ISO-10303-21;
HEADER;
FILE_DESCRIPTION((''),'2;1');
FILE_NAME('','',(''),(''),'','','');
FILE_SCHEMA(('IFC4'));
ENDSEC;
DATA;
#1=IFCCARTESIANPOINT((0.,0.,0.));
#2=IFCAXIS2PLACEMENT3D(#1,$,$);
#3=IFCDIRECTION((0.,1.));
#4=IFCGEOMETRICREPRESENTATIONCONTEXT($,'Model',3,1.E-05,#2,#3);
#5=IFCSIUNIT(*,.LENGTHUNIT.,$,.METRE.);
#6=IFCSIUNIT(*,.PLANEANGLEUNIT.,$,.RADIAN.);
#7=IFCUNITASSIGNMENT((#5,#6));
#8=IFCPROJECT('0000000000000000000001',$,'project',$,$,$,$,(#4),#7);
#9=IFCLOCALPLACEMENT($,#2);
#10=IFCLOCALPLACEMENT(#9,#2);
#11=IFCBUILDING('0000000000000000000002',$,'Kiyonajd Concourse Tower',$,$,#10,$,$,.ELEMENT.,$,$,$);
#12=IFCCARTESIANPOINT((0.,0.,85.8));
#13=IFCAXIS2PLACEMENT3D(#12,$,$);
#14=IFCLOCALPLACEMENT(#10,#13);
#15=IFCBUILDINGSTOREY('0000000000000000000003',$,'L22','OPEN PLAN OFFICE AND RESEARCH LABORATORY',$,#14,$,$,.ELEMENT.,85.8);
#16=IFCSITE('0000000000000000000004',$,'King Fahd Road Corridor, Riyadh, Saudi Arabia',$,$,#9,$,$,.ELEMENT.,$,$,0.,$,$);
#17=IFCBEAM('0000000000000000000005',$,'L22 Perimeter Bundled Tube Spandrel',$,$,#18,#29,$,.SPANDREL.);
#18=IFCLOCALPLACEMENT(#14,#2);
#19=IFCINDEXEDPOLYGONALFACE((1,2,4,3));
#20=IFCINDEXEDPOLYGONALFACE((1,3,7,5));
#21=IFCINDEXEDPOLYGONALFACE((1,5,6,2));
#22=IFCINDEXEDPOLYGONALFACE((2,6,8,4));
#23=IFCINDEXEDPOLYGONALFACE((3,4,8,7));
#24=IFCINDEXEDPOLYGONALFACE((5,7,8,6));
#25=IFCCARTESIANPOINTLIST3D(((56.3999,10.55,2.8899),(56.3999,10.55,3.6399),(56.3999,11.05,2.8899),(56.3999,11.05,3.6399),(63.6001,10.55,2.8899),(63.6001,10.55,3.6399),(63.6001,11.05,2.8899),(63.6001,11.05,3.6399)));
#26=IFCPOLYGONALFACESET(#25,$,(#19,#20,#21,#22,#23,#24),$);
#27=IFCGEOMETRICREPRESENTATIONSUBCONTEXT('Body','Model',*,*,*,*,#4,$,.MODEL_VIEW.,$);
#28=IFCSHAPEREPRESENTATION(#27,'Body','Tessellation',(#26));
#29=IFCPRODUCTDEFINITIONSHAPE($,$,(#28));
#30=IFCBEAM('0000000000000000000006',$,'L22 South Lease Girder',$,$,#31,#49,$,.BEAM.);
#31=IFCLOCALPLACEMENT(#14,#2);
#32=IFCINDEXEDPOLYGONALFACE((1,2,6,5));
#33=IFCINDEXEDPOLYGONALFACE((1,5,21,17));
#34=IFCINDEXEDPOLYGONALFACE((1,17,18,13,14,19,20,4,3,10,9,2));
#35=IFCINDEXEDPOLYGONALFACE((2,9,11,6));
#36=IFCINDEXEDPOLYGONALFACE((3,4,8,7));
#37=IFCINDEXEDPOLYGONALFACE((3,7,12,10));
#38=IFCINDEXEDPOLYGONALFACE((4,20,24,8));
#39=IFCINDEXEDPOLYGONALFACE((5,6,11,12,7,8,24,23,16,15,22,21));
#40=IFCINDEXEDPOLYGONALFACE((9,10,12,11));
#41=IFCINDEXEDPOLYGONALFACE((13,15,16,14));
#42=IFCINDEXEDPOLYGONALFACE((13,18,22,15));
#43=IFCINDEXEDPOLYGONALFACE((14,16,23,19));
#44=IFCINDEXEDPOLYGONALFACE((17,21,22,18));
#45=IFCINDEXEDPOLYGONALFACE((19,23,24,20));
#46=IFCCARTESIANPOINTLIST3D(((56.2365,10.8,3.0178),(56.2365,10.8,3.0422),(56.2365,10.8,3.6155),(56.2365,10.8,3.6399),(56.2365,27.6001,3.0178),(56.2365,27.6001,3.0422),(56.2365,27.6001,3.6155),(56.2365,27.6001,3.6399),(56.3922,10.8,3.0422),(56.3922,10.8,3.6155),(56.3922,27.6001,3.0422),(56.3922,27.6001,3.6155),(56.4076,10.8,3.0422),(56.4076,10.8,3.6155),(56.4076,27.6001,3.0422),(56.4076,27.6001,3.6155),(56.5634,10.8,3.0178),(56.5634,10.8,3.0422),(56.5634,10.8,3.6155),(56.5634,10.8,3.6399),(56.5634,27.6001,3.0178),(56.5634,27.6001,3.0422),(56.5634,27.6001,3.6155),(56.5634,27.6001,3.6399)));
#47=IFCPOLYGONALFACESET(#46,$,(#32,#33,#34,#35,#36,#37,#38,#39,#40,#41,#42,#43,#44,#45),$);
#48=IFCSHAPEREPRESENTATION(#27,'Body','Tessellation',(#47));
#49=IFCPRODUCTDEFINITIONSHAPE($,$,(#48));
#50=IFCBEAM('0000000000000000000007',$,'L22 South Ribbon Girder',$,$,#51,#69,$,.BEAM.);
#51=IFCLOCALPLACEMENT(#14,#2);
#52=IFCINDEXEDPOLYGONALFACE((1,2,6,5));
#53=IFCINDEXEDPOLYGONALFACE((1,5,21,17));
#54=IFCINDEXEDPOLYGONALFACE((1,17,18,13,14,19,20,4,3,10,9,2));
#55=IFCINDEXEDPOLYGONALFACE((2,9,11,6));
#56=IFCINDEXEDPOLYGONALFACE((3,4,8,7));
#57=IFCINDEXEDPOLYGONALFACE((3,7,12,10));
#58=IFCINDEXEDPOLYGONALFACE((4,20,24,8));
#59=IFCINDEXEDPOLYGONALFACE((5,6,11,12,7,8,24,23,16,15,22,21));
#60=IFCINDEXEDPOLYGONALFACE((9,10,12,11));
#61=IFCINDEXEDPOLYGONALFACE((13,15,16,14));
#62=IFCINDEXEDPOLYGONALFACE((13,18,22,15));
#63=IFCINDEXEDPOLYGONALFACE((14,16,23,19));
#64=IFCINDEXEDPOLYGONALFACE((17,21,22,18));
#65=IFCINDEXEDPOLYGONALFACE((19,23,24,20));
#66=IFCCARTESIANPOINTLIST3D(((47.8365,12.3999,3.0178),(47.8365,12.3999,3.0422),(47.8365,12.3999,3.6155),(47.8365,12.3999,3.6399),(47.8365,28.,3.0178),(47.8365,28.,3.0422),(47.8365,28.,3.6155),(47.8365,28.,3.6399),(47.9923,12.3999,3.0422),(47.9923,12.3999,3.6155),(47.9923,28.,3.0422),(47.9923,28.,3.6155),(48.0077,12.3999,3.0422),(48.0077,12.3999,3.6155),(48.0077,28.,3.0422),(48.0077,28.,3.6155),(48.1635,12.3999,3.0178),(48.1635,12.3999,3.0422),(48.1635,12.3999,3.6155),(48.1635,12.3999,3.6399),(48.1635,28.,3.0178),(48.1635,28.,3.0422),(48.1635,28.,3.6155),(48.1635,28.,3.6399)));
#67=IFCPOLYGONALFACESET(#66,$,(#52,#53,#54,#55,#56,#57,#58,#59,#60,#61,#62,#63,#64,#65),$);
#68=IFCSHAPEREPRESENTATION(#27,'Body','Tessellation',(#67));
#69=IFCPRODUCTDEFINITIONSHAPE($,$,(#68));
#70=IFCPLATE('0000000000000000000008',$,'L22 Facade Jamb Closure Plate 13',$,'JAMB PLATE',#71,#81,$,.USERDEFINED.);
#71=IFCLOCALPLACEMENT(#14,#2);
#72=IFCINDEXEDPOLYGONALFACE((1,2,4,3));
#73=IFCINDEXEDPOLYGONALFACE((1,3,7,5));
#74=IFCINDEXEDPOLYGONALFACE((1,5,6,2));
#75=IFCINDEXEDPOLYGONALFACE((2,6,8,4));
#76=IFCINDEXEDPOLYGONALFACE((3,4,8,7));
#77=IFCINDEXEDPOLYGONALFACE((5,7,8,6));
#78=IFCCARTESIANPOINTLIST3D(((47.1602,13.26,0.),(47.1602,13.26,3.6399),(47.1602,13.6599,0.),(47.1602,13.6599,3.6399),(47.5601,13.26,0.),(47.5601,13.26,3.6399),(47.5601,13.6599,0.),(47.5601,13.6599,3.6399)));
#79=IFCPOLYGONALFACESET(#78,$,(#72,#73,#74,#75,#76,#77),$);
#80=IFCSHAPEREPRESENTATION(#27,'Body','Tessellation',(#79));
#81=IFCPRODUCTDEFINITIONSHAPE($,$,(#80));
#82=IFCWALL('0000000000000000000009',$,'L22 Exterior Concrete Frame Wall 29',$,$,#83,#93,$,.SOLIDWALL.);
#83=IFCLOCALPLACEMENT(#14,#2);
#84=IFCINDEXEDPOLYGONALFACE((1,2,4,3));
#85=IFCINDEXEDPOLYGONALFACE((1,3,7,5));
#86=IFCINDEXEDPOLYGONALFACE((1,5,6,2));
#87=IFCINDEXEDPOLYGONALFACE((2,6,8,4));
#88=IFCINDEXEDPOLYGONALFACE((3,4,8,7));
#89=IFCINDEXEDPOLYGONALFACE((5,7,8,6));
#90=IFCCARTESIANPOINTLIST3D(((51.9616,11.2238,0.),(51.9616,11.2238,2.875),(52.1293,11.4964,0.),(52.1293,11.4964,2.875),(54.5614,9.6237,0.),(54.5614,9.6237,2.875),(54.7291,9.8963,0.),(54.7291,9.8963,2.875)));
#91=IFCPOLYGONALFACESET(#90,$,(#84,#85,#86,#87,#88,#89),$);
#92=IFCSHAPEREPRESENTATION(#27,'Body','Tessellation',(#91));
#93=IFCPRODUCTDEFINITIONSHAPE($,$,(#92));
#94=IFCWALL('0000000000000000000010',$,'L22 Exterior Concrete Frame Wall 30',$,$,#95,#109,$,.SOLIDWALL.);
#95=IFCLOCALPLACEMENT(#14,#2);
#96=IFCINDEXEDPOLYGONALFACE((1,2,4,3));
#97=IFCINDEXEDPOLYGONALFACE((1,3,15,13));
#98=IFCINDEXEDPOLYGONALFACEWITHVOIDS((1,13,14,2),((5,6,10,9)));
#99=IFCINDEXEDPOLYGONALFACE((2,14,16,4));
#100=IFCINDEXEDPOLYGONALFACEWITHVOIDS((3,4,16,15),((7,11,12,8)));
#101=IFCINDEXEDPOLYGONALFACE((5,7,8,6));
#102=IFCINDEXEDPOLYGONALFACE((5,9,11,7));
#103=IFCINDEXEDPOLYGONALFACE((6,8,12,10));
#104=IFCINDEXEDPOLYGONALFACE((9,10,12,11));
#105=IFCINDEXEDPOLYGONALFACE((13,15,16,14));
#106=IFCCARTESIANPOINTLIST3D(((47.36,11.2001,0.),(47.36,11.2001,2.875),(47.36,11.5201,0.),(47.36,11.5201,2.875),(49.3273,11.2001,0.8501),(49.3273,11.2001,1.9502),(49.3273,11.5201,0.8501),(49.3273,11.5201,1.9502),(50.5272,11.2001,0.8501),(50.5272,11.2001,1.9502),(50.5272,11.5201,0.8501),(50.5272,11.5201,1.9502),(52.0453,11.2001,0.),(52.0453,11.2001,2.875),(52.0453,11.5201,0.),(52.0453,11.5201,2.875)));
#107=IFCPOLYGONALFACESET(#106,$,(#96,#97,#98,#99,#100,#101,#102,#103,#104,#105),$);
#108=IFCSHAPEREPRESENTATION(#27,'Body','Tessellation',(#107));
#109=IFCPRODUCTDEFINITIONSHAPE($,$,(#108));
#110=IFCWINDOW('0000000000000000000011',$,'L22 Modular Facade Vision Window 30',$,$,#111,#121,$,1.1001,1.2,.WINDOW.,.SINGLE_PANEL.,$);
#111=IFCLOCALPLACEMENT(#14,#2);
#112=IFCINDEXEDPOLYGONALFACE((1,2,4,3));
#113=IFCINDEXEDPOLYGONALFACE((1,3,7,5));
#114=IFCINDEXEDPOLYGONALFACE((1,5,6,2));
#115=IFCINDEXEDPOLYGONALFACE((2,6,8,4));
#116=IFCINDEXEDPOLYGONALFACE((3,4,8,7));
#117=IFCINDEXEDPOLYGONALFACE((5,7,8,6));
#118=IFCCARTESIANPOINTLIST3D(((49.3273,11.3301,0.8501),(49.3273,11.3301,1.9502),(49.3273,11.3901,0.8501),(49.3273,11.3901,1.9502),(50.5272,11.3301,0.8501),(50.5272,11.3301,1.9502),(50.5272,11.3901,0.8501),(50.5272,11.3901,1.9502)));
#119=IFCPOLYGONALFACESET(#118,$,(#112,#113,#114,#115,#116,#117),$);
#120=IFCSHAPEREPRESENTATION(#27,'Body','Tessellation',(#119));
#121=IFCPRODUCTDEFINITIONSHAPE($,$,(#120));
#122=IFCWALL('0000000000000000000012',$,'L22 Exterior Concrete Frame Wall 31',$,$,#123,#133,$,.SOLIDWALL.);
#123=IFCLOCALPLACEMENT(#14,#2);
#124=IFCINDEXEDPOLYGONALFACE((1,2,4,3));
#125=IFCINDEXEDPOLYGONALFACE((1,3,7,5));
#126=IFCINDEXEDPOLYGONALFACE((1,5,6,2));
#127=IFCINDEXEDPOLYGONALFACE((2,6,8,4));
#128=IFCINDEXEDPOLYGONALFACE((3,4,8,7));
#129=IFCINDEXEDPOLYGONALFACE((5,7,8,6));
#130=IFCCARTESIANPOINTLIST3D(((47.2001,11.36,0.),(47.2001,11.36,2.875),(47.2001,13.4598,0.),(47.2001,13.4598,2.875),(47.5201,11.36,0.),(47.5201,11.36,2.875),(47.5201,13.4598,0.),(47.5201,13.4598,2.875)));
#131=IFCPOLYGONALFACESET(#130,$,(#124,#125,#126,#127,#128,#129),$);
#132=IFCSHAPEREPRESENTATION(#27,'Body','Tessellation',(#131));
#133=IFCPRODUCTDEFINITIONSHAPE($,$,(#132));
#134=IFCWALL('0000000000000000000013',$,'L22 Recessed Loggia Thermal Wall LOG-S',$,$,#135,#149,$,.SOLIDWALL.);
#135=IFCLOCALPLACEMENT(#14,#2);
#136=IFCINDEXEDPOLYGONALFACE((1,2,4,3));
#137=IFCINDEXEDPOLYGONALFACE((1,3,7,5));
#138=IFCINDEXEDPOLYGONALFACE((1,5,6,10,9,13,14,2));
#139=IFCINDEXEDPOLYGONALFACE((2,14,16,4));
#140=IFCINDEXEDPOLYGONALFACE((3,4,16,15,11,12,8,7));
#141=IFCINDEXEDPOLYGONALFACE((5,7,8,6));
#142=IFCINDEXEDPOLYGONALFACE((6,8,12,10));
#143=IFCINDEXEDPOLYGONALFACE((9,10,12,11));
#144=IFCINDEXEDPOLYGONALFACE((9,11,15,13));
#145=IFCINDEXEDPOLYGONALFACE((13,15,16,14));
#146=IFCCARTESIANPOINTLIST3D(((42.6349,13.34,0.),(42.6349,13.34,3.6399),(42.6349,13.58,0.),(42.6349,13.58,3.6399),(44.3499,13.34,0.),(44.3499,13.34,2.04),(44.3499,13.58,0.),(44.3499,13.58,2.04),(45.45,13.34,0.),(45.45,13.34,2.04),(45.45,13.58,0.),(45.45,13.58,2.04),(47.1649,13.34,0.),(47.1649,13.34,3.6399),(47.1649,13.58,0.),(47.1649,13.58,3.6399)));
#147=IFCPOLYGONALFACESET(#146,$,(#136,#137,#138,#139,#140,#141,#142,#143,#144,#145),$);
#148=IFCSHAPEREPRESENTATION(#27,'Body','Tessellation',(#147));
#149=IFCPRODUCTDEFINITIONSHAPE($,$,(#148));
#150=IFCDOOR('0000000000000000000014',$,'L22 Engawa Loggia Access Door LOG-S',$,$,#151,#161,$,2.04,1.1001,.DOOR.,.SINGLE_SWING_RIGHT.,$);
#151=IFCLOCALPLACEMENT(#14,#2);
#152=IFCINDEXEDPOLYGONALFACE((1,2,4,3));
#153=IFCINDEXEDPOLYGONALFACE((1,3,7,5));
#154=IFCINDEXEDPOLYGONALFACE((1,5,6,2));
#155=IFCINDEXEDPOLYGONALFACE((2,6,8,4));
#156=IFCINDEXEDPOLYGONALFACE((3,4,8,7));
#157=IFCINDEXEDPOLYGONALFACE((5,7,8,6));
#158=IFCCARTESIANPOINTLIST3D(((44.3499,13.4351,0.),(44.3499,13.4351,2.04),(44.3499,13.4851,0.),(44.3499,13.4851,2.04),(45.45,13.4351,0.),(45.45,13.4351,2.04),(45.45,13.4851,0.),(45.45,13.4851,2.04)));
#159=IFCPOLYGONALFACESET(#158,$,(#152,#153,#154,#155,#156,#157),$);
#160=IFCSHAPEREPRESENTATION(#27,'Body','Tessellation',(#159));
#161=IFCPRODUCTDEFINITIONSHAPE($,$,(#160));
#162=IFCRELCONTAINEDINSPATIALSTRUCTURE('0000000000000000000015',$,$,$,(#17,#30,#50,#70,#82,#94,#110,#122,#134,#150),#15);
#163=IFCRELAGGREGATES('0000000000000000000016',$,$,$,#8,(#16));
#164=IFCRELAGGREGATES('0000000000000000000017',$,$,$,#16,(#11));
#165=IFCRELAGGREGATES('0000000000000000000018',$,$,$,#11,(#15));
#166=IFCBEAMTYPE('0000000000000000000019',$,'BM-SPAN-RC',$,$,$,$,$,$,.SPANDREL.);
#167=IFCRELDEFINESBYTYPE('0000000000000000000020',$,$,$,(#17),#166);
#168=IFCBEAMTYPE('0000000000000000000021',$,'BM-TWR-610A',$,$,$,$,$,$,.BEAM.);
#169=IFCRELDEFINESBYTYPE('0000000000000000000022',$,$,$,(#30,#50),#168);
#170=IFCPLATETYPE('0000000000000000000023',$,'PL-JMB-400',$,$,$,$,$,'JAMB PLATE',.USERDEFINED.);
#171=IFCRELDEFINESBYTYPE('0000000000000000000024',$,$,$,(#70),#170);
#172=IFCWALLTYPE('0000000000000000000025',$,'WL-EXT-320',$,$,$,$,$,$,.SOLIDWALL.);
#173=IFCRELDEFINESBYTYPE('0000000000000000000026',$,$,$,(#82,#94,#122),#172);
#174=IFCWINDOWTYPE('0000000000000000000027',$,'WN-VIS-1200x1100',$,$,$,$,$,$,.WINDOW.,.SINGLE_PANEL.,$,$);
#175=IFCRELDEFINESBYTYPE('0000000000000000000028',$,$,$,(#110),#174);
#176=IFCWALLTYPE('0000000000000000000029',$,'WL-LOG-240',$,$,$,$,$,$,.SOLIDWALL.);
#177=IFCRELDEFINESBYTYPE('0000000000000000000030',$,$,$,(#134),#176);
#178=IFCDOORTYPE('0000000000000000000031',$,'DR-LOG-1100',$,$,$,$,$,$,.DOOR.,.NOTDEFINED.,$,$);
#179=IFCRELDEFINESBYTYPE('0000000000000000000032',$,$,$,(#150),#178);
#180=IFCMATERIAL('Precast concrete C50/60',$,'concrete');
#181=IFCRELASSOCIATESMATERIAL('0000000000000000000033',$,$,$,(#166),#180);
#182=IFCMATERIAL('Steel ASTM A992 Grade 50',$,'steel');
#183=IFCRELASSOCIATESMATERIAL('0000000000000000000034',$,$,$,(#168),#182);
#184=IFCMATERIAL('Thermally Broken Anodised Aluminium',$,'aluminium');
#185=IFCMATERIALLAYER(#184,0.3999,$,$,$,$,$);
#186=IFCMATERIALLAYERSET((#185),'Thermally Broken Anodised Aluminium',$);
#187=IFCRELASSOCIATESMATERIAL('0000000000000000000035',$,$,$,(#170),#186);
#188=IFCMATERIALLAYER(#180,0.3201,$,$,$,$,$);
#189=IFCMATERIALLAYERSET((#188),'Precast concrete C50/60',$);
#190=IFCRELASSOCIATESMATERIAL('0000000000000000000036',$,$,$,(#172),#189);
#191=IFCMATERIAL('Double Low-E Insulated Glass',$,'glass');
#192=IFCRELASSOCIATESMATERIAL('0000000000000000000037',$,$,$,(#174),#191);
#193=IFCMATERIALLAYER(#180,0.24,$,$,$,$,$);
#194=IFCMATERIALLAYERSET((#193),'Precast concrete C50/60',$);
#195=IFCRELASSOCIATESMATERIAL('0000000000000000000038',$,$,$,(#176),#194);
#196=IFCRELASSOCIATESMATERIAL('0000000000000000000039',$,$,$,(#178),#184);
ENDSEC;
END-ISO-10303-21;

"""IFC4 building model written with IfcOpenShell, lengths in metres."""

from ifc_helpers import new_model, si_unit, direction, frame, frame_2d, origin, origin_2d, place, context, subcontext, project, spatial, rectangle, i_section, extrude, material, layer, layer_set, material_profile, profile_set, type_object, element, fill, save


model = new_model("IFC4")

# Units and contexts
model_context = context("Model", 3, precision=1e-05, world=origin(), true_north=direction((0.0, 1.0)))
body_context = subcontext(model_context, "Body", "Model", "MODEL_VIEW")
ifc_project = project(units=[si_unit("LENGTHUNIT", "METRE"), si_unit("PLANEANGLEUNIT", "RADIAN")], contexts=[model_context])

# Site, building, storey
site_placement = place(None, origin())
site = spatial("IfcSite", under=ifc_project, at=site_placement, Name="King Fahd Road Corridor, Riyadh, Saudi Arabia", CompositionType="ELEMENT", RefElevation=0.0)
building_placement = place(site_placement, origin())
building = spatial("IfcBuilding", under=site, at=building_placement, Name="Kiyonajd Concourse Tower", CompositionType="ELEMENT")
storey_placement = place(building_placement, frame((0.0, 0.0, 85.8)))
storey = spatial("IfcBuildingStorey", under=building, at=storey_placement, Name="L22", Description="OPEN PLAN OFFICE AND RESEARCH LABORATORY", CompositionType="ELEMENT", Elevation=85.8)

# Beams
ifc_material_1 = material(Name="Steel ASTM A992 Grade 50", Category="steel")
ifc_material_2 = material(Name="Precast concrete C50/60", Category="concrete")
ifc_material_profile_1 = material_profile(ifc_material_2, rectangle(XDim=0.5, YDim=0.75, at=origin_2d()), Name="RCBM-500x750")
ifc_profile_set_1 = profile_set([ifc_material_profile_1], Name="Precast concrete C50/60")
beam_type_1 = type_object("IfcBeamType", Name="BM-SPAN-RC", PredefinedType="SPANDREL", material=ifc_profile_set_1)
beam_1_placement = place(storey_placement, frame((56.3999, 10.8, 3.2649), z_axis=(1.0, 0.0, 0.0), x_axis=(0.0, 1.0, 0.0)))
element("IfcBeam", 1, at=beam_1_placement, inside=storey, type_object=beam_type_1, Name="L22 Perimeter Bundled Tube Spandrel", PredefinedType="SPANDREL", context=body_context, shape_type="SweptSolid", body=[
    extrude(rectangle(XDim=0.5, YDim=0.75, at=origin_2d()), origin(), (0.0, 0.0, 1.0), 7.2002),
])
ifc_material_profile_2 = material_profile(ifc_material_1, i_section(OverallWidth=0.3269, OverallDepth=0.6221, WebThickness=0.0154, FlangeThickness=0.0244, at=origin_2d()), Name="W610X195")
ifc_profile_set_2 = profile_set([ifc_material_profile_2], Name="Steel ASTM A992 Grade 50")
beam_type_2 = type_object("IfcBeamType", Name="BM-TWR-610A", PredefinedType="BEAM", material=ifc_profile_set_2)
beam_2_placement = place(storey_placement, frame((56.3999, 10.8, 3.3289), z_axis=(0.0, 1.0, 0.0), x_axis=(-1.0, 0.0, 0.0)))
element("IfcBeam", 2, at=beam_2_placement, inside=storey, type_object=beam_type_2, Name="L22 South Lease Girder", PredefinedType="BEAM", context=body_context, shape_type="SweptSolid", body=[
    extrude(i_section(OverallWidth=0.3269, OverallDepth=0.6221, WebThickness=0.0154, FlangeThickness=0.0244, at=origin_2d()), origin(), (0.0, 0.0, 1.0), 16.8),
])
beam_3_placement = place(storey_placement, frame((48.0, 12.3999, 3.3289), z_axis=(0.0, 1.0, 0.0), x_axis=(-1.0, 0.0, 0.0)))
element("IfcBeam", 3, at=beam_3_placement, inside=storey, type_object=beam_type_2, Name="L22 South Ribbon Girder", PredefinedType="BEAM", context=body_context, shape_type="SweptSolid", body=[
    extrude(i_section(OverallWidth=0.3269, OverallDepth=0.6221, WebThickness=0.0154, FlangeThickness=0.0244, at=origin_2d()), origin(), (0.0, 0.0, 1.0), 15.6001),
])

# Plate
ifc_material_3 = material(Name="Thermally Broken Anodised Aluminium", Category="aluminium")
ifc_layer_1 = layer(ifc_material_3, 0.3999)
ifc_layer_set_1 = layer_set([ifc_layer_1], Name="Thermally Broken Anodised Aluminium")
plate_type = type_object("IfcPlateType", Name="PL-JMB-400", ElementType="JAMB PLATE", PredefinedType="USERDEFINED", material=ifc_layer_set_1)
plate_placement = place(storey_placement, frame((47.3601, 13.46, 0.0), z_axis=(0.0, 0.0, 1.0), x_axis=(1.0, 0.0, 0.0)))
element("IfcPlate", 4, at=plate_placement, inside=storey, type_object=plate_type, Name="L22 Facade Jamb Closure Plate 13", ObjectType="JAMB PLATE", PredefinedType="USERDEFINED", context=body_context, shape_type="SweptSolid", body=[
    extrude(rectangle(XDim=0.3999, YDim=0.3999, at=origin_2d()), origin(), (0.0, 0.0, 1.0), 3.6399),
])

# Wall
ifc_layer_2 = layer(ifc_material_2, 0.3201)
ifc_layer_set_2 = layer_set([ifc_layer_2], Name="Precast concrete C50/60")
wall_type_1 = type_object("IfcWallType", Name="WL-EXT-320", PredefinedType="SOLIDWALL", material=ifc_layer_set_2)
wall_1_placement = place(storey_placement, frame((54.6453, 9.76, 0.0), z_axis=(0.0, 0.0, 1.0), x_axis=(-0.851631, 0.524142, 0.0)))
element("IfcWall", 5, at=wall_1_placement, inside=storey, type_object=wall_type_1, Name="L22 Exterior Concrete Frame Wall 29", PredefinedType="SOLIDWALL", context=body_context, shape_type="SweptSolid", body=[
    extrude(rectangle(XDim=3.0527, YDim=0.3201, at=frame_2d((1.5264, 0.0))), origin(), (0.0, 0.0, 1.0), 2.875),
])

# Wall, opening, window
wall_2_placement = place(storey_placement, frame((52.0454, 11.3601, 0.0), z_axis=(0.0, 0.0, 1.0), x_axis=(-1.0, 0.0, 0.0)))
wall_2 = element("IfcWall", 6, at=wall_2_placement, inside=storey, type_object=wall_type_1, Name="L22 Exterior Concrete Frame Wall 30", PredefinedType="SOLIDWALL", context=body_context, shape_type="SweptSolid", body=[
    extrude(rectangle(XDim=4.6853, YDim=0.3201, at=frame_2d((2.3428, 0.0))), origin(), (0.0, 0.0, 1.0), 2.875),
])
opening_1_placement = place(wall_2_placement, frame((1.5181, 0.0, 0.8501)))
opening_1 = element("IfcOpeningElement", 7, at=opening_1_placement, cuts=wall_2, PredefinedType="OPENING", context=body_context, shape_type="SweptSolid", body=[
    extrude(rectangle(XDim=1.2, YDim=1.1001, at=frame_2d((0.6001, 0.55))), frame((0.0, 0.1699, 0.0), z_axis=(0.0, -1.0, 0.0), x_axis=(1.0, 0.0, 0.0)), (0.0, 0.0, 1.0), 0.3401),
])
ifc_material_4 = material(Name="Double Low-E Insulated Glass", Category="glass")
window_type = type_object("IfcWindowType", Name="WN-VIS-1200x1100", PartitioningType="SINGLE_PANEL", PredefinedType="WINDOW", material=ifc_material_4)
window_placement = place(opening_1_placement, origin())
window = element("IfcWindow", 8, at=window_placement, inside=storey, type_object=window_type, Name="L22 Modular Facade Vision Window 30", OverallHeight=1.1001, OverallWidth=1.2, PartitioningType="SINGLE_PANEL", PredefinedType="WINDOW", context=body_context, shape_type="SweptSolid", body=[
    extrude(rectangle(XDim=1.2, YDim=1.1001, at=frame_2d((0.6001, 0.55))), frame((0.0, 0.03, 0.0), z_axis=(0.0, -1.0, 0.0), x_axis=(1.0, 0.0, 0.0)), (0.0, 0.0, 1.0), 0.0601),
])
fill(opening_1, window)

# Wall
wall_3_placement = place(storey_placement, frame((47.3601, 11.3601, 0.0), z_axis=(0.0, 0.0, 1.0), x_axis=(0.0, 1.0, 0.0)))
element("IfcWall", 9, at=wall_3_placement, inside=storey, type_object=wall_type_1, Name="L22 Exterior Concrete Frame Wall 31", PredefinedType="SOLIDWALL", context=body_context, shape_type="SweptSolid", body=[
    extrude(rectangle(XDim=2.0999, YDim=0.3201, at=frame_2d((1.0498, 0.0))), origin(), (0.0, 0.0, 1.0), 2.875),
])

# Wall, opening, door
ifc_layer_3 = layer(ifc_material_2, 0.24)
ifc_layer_set_3 = layer_set([ifc_layer_3], Name="Precast concrete C50/60")
wall_type_2 = type_object("IfcWallType", Name="WL-LOG-240", PredefinedType="SOLIDWALL", material=ifc_layer_set_3)
wall_4_placement = place(storey_placement, frame((47.165, 13.46, 0.0), z_axis=(0.0, 0.0, 1.0), x_axis=(-1.0, 0.0, 0.0)))
wall_4 = element("IfcWall", 10, at=wall_4_placement, inside=storey, type_object=wall_type_2, Name="L22 Recessed Loggia Thermal Wall LOG-S", PredefinedType="SOLIDWALL", context=body_context, shape_type="SweptSolid", body=[
    extrude(rectangle(XDim=4.53, YDim=0.24, at=frame_2d((2.2651, 0.0))), origin(), (0.0, 0.0, 1.0), 3.6399),
])
opening_2_placement = place(wall_4_placement, frame((1.7151, 0.0, 0.0)))
opening_2 = element("IfcOpeningElement", 11, at=opening_2_placement, cuts=wall_4, PredefinedType="OPENING", context=body_context, shape_type="SweptSolid", body=[
    extrude(rectangle(XDim=1.1001, YDim=2.04, at=frame_2d((0.55, 1.02))), frame((0.0, 0.1299, 0.0), z_axis=(0.0, -1.0, 0.0), x_axis=(1.0, 0.0, 0.0)), (0.0, 0.0, 1.0), 0.26),
])
door_type_1 = type_object("IfcDoorType", Name="DR-LOG-1100", OperationType="NOTDEFINED", PredefinedType="DOOR", material=ifc_material_3)
door_1_placement = place(opening_2_placement, origin())
door_1 = element("IfcDoor", 12, at=door_1_placement, inside=storey, type_object=door_type_1, Name="L22 Engawa Loggia Access Door LOG-S", OperationType="SINGLE_SWING_RIGHT", OverallHeight=2.04, OverallWidth=1.1001, PredefinedType="DOOR", context=body_context, shape_type="SweptSolid", body=[
    extrude(rectangle(XDim=1.1001, YDim=2.04, at=frame_2d((0.55, 1.02))), frame((0.0, 0.0249, 0.0), z_axis=(0.0, -1.0, 0.0), x_axis=(1.0, 0.0, 0.0)), (0.0, 0.0, 1.0), 0.05),
])
fill(opening_2, door_1)

save(model, "model.ifc")
